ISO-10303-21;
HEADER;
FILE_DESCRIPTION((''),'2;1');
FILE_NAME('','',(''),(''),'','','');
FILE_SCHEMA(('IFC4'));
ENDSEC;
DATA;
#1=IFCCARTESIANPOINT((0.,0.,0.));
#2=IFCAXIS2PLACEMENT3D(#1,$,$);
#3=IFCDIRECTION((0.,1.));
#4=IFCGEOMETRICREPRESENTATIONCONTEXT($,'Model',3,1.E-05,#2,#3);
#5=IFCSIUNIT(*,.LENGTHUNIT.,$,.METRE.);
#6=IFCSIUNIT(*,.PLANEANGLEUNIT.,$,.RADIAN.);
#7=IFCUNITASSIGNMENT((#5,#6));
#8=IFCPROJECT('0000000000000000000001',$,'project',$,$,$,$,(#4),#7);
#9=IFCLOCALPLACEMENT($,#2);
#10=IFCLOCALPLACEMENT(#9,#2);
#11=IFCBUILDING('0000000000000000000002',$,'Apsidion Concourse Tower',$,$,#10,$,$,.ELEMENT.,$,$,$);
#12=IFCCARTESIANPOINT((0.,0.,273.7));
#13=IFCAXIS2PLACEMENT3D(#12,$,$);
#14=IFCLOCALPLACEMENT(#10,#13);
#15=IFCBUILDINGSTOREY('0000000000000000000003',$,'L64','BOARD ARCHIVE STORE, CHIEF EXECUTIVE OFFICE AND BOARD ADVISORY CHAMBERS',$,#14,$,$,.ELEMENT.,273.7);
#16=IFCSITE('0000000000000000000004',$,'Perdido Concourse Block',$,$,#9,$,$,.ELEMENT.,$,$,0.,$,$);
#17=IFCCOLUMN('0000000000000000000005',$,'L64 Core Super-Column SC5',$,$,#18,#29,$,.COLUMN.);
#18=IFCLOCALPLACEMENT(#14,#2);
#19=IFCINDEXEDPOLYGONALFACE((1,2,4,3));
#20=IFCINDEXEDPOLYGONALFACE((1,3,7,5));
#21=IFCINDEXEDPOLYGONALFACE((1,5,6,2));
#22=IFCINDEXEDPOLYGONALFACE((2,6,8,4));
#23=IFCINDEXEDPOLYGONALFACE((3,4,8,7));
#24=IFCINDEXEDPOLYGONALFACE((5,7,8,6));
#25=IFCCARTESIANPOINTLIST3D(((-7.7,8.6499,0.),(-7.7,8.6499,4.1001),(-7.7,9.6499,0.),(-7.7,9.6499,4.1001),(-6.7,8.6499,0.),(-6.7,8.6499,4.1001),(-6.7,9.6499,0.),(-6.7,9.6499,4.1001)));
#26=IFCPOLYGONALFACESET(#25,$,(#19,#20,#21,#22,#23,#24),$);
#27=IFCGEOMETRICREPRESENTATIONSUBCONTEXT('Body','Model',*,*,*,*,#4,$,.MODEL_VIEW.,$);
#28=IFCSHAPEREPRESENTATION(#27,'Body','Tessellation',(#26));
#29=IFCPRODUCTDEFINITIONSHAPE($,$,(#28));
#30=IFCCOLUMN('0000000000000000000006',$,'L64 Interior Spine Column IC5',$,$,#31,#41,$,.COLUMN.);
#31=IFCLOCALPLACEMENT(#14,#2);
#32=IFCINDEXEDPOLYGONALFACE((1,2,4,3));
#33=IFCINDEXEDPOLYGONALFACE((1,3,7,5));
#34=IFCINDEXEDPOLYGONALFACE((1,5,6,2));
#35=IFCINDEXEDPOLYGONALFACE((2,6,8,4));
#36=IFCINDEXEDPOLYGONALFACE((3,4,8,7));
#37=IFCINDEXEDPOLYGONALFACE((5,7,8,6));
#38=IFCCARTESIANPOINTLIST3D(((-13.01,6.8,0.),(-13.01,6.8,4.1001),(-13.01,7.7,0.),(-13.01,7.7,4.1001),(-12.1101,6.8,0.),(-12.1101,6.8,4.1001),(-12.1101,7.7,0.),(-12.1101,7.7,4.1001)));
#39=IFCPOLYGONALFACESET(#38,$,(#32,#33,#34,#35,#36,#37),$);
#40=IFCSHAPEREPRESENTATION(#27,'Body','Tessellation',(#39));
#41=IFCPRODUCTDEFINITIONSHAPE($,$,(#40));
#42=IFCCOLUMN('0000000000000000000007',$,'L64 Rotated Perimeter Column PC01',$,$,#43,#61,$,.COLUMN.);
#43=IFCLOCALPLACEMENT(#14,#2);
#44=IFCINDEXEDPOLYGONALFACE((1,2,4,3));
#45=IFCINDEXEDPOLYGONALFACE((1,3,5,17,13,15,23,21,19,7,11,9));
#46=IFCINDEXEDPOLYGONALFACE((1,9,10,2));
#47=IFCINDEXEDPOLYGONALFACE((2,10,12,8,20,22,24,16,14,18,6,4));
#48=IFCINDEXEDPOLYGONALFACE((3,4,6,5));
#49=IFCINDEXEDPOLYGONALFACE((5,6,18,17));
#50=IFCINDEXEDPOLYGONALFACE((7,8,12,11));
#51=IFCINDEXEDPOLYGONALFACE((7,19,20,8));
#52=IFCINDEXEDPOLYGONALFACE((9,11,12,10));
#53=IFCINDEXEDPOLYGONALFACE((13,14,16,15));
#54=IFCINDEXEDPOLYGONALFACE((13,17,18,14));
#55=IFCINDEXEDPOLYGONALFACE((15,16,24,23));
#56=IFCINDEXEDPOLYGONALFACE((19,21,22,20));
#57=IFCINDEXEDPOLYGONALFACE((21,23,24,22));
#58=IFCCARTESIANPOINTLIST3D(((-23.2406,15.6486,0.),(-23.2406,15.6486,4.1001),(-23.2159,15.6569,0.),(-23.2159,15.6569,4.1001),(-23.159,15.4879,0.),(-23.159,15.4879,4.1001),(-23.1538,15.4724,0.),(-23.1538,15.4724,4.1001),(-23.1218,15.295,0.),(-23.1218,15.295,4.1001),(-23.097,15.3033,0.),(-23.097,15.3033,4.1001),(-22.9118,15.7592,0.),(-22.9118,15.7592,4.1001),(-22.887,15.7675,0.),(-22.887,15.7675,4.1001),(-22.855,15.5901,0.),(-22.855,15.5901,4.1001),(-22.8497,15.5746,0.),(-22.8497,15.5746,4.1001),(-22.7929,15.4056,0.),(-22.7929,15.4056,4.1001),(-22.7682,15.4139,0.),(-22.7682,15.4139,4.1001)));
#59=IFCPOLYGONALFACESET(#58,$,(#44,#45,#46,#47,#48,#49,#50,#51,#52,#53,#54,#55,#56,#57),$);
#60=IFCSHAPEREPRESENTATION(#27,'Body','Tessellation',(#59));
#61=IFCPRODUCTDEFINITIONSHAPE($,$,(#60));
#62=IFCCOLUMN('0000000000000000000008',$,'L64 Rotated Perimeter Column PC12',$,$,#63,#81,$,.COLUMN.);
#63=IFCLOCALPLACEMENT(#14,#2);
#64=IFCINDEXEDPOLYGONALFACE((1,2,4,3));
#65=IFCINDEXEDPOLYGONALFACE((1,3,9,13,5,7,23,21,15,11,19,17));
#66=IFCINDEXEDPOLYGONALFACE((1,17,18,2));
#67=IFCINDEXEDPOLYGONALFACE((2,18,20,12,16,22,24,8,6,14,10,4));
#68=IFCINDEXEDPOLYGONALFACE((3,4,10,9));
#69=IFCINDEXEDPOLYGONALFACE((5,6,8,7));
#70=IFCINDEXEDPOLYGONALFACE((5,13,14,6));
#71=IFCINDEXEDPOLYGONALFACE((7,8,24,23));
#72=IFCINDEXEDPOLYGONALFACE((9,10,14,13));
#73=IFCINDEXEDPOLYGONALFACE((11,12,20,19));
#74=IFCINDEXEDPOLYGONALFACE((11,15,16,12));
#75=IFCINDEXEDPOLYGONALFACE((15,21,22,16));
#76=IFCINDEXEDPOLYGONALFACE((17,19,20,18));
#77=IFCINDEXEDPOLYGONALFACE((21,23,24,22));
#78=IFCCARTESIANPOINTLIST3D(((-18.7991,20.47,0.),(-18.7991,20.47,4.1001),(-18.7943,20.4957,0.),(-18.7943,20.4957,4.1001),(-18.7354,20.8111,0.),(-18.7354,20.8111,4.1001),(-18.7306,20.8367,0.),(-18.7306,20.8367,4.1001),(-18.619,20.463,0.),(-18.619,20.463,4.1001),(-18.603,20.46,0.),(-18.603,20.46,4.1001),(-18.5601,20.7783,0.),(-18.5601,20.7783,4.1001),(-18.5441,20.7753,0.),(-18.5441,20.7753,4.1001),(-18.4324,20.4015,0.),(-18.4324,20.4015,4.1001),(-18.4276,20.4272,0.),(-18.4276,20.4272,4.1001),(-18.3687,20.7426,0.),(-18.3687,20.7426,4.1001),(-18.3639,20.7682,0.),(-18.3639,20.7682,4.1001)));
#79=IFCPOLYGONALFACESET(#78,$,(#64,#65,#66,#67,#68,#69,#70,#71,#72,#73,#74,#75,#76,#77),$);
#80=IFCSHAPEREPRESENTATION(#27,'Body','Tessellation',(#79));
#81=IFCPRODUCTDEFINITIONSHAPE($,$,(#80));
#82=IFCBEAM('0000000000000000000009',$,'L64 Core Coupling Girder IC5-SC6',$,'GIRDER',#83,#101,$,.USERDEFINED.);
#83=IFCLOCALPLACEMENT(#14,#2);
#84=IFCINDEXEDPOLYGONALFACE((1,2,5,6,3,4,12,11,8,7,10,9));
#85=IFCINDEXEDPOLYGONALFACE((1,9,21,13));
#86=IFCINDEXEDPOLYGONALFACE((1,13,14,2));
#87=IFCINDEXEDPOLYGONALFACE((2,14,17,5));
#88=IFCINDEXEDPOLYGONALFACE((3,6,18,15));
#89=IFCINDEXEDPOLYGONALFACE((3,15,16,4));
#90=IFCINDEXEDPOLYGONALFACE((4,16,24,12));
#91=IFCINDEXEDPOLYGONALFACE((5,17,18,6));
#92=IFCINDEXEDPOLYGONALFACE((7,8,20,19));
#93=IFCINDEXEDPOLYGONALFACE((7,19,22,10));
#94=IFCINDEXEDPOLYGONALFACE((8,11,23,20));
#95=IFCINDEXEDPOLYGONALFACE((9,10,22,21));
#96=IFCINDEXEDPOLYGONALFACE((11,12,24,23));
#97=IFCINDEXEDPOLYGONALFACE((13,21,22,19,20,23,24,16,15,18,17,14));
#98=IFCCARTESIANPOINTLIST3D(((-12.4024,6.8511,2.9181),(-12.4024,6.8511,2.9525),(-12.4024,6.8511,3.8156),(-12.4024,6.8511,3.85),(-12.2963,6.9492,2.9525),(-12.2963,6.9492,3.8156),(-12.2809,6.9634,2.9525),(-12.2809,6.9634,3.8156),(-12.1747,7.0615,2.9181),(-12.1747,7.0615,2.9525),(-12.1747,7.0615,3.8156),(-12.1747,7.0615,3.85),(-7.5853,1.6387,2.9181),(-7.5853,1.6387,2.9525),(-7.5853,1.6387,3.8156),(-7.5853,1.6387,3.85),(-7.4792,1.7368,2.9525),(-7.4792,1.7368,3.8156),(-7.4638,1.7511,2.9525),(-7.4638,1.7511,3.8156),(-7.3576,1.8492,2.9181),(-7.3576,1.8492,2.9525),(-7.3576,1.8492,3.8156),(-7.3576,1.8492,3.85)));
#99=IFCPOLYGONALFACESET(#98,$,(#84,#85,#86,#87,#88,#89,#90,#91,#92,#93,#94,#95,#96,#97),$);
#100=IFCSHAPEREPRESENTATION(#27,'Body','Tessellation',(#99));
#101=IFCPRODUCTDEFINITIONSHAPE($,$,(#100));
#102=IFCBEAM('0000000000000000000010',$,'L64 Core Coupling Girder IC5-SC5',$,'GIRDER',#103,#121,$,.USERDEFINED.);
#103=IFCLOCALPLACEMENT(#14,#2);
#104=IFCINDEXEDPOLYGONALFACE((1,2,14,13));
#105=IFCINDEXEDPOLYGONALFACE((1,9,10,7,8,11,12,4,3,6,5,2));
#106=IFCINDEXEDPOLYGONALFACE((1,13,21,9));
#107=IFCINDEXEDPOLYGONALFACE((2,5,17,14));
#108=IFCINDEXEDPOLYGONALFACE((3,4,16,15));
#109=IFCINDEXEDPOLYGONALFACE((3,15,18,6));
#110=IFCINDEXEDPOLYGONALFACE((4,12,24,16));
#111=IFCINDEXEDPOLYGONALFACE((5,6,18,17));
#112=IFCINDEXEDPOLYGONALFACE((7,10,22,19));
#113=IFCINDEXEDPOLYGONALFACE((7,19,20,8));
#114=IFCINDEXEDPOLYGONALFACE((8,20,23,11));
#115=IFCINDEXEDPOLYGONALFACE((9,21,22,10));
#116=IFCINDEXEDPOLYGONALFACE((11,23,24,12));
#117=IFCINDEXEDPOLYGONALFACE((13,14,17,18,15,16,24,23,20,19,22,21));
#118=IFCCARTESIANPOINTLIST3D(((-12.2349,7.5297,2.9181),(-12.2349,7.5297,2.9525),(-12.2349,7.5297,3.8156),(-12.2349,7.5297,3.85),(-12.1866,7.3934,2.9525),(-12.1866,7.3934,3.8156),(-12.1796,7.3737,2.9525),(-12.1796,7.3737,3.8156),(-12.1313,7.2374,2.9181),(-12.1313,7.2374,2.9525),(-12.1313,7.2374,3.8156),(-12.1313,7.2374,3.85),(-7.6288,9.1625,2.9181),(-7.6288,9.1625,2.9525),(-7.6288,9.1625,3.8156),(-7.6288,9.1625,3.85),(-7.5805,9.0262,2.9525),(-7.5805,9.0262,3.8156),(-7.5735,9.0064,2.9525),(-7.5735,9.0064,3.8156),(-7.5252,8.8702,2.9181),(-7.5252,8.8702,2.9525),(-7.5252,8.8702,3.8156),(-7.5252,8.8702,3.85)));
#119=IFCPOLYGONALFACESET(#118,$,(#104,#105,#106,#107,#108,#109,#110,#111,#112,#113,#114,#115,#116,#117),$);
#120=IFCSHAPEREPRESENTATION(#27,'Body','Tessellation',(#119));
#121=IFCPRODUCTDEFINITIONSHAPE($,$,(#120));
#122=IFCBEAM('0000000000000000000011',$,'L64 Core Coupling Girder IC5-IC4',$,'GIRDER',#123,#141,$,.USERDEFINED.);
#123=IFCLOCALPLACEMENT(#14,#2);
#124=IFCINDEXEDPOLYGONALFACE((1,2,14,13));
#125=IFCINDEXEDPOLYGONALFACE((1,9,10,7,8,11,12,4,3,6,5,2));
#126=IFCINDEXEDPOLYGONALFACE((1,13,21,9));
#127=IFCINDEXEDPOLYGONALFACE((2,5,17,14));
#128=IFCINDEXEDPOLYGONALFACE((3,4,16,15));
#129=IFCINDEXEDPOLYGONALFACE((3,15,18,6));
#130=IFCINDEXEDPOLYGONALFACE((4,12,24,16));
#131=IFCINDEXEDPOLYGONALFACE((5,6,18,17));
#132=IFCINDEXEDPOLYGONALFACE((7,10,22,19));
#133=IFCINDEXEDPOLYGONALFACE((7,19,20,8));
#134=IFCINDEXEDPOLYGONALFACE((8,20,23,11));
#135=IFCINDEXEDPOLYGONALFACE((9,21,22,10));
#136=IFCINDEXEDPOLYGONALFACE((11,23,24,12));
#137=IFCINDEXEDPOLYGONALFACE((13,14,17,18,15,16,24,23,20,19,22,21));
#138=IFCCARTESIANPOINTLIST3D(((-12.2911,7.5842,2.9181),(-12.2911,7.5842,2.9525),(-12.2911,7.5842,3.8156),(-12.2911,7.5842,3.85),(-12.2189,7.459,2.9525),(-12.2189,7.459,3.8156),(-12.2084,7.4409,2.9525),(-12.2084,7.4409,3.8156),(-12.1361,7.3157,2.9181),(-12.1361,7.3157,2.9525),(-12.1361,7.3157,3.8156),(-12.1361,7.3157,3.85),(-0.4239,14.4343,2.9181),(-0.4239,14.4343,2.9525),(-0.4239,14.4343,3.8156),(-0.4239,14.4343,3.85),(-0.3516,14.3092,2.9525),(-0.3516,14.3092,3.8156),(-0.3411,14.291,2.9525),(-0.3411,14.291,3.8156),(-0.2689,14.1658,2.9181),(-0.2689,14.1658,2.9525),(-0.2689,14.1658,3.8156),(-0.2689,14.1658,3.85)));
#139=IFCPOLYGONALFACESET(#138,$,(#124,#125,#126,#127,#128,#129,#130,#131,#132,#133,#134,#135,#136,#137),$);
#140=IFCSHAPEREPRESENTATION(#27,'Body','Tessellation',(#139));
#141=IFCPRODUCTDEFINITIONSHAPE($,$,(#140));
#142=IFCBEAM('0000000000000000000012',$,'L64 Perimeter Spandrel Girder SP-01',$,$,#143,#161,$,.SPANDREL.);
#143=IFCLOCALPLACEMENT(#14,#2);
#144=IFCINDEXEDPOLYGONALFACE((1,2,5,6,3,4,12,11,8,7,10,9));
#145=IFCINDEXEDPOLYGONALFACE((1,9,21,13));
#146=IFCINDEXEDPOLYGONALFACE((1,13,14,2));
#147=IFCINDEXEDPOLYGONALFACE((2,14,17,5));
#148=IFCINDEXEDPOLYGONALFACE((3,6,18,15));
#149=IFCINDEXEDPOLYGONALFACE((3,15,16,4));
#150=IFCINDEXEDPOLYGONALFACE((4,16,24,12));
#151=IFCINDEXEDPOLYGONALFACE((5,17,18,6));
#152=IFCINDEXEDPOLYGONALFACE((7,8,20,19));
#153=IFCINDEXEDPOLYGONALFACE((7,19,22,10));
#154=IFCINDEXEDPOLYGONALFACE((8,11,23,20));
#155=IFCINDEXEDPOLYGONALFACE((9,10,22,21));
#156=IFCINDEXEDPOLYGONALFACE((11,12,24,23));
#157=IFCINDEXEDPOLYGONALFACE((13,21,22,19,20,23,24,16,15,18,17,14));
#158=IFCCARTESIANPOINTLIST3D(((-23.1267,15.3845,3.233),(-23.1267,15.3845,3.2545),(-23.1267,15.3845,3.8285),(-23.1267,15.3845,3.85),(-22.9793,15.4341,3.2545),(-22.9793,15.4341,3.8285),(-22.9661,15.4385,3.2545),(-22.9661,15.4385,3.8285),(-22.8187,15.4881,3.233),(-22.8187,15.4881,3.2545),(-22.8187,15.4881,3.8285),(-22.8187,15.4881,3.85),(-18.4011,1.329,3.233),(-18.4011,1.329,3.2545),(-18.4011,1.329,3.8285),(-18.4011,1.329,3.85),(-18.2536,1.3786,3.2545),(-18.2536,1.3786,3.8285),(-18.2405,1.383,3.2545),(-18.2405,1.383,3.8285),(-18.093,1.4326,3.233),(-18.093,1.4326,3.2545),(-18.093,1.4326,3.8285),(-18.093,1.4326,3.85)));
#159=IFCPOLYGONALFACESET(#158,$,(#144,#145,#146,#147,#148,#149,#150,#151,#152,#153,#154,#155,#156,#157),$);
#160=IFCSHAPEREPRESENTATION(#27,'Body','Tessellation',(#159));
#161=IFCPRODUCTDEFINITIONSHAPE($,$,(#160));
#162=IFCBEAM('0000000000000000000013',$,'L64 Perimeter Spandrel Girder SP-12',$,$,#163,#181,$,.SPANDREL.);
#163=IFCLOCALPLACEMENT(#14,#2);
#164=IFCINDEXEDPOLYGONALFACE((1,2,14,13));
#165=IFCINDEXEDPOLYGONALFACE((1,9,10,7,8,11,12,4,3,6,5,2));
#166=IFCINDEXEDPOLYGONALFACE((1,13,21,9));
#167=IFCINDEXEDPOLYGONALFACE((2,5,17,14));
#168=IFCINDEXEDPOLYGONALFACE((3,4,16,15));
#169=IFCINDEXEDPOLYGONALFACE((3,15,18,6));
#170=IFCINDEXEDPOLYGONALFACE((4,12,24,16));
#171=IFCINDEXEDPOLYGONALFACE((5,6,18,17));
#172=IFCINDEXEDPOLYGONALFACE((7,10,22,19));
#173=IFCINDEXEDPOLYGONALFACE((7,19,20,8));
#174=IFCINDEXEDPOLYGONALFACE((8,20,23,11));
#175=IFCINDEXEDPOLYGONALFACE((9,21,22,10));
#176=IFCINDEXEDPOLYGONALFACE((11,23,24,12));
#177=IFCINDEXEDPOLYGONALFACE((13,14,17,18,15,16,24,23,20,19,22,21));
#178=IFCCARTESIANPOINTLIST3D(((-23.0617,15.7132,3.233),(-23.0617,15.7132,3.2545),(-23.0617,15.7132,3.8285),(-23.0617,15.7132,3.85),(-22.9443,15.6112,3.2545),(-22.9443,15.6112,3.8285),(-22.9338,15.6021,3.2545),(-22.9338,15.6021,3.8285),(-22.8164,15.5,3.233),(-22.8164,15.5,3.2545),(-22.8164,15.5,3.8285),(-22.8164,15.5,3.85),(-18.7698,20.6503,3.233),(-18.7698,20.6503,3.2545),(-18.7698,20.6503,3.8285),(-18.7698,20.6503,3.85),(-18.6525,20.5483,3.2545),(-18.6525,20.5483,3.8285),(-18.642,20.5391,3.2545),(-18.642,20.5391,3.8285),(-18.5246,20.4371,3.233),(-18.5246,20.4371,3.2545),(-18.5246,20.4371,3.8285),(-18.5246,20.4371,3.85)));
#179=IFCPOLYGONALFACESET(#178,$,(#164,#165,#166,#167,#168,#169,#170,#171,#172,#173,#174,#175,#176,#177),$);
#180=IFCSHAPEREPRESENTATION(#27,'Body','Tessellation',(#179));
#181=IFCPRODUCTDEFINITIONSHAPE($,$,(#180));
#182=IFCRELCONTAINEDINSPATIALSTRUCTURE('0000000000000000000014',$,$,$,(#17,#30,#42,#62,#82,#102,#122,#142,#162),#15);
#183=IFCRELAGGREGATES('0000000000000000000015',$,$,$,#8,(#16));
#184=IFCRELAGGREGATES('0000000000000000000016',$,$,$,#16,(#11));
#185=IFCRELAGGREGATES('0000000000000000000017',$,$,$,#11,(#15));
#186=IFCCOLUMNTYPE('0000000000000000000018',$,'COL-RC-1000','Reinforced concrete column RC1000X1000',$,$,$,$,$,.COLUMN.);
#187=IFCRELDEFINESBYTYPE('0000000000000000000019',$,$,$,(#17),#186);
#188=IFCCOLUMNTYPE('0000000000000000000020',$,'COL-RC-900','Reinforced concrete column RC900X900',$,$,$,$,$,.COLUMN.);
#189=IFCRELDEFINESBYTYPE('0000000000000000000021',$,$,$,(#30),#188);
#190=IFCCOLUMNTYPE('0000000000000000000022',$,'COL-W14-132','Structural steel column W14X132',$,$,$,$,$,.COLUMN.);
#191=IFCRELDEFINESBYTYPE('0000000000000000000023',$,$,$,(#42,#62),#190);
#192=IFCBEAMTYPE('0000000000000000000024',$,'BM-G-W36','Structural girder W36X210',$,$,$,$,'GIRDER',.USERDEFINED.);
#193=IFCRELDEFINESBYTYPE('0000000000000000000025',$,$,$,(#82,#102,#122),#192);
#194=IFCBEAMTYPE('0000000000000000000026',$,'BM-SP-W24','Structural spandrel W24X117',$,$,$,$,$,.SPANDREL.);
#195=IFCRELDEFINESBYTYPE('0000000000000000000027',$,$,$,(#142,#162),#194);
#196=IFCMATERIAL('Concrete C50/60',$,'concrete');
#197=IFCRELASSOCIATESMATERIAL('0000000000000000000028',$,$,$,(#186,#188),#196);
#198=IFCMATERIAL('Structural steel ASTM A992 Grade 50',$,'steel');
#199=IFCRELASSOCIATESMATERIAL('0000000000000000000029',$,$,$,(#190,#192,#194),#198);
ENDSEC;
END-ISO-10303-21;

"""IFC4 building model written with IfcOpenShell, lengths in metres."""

from ifc_helpers import new_model, si_unit, direction, frame, origin, origin_2d, place, context, subcontext, project, spatial, rectangle, i_section, extrude, material, material_profile, profile_set, type_object, element, save


model = new_model("IFC4")

# Units and contexts
model_context = context("Model", 3, precision=1e-05, world=origin(), true_north=direction((0.0, 1.0)))
body_context = subcontext(model_context, "Body", "Model", "MODEL_VIEW")
ifc_project = project(units=[si_unit("LENGTHUNIT", "METRE"), si_unit("PLANEANGLEUNIT", "RADIAN")], contexts=[model_context])

# Site, building, storey
site_placement = place(None, origin())
site = spatial("IfcSite", under=ifc_project, at=site_placement, Name="Perdido Concourse Block", CompositionType="ELEMENT", RefElevation=0.0)
building_placement = place(site_placement, origin())
building = spatial("IfcBuilding", under=site, at=building_placement, Name="Apsidion Concourse Tower", CompositionType="ELEMENT")
storey_placement = place(building_placement, frame((0.0, 0.0, 273.7)))
storey = spatial("IfcBuildingStorey", under=building, at=storey_placement, Name="L64", Description="BOARD ARCHIVE STORE, CHIEF EXECUTIVE OFFICE AND BOARD ADVISORY CHAMBERS", CompositionType="ELEMENT", Elevation=273.7)

# Columns
ifc_material_1 = material(Name="Concrete C50/60", Category="concrete")
ifc_material_profile_1 = material_profile(ifc_material_1, rectangle(XDim=1.0, YDim=1.0, at=origin_2d()), Name="RC 1000x1000")
ifc_profile_set_1 = profile_set([ifc_material_profile_1], Name="Concrete C50/60")
column_type_1 = type_object("IfcColumnType", Name="COL-RC-1000", Description="Reinforced concrete column RC1000X1000", PredefinedType="COLUMN", material=ifc_profile_set_1)
column_1_placement = place(storey_placement, frame((-7.2, 9.1499, 0.0), z_axis=(0.0, 0.0, 1.0), x_axis=(1.0, 0.0, 0.0)))
element("IfcColumn", 1, at=column_1_placement, inside=storey, type_object=column_type_1, Name="L64 Core Super-Column SC5", PredefinedType="COLUMN", context=body_context, shape_type="SweptSolid", body=[
    extrude(rectangle(XDim=1.0, YDim=1.0, at=origin_2d()), origin(), (0.0, 0.0, 1.0), 4.1001),
])
ifc_material_profile_2 = material_profile(ifc_material_1, rectangle(XDim=0.8999, YDim=0.8999, at=origin_2d()), Name="RC 900x900")
ifc_profile_set_2 = profile_set([ifc_material_profile_2], Name="Concrete C50/60")
column_type_2 = type_object("IfcColumnType", Name="COL-RC-900", Description="Reinforced concrete column RC900X900", PredefinedType="COLUMN", material=ifc_profile_set_2)
column_2_placement = place(storey_placement, frame((-12.5601, 7.25, 0.0), z_axis=(0.0, 0.0, 1.0), x_axis=(1.0, 0.0, 0.0)))
element("IfcColumn", 2, at=column_2_placement, inside=storey, type_object=column_type_2, Name="L64 Interior Spine Column IC5", PredefinedType="COLUMN", context=body_context, shape_type="SweptSolid", body=[
    extrude(rectangle(XDim=0.8999, YDim=0.8999, at=origin_2d()), origin(), (0.0, 0.0, 1.0), 4.1001),
])
ifc_material_2 = material(Name="Structural steel ASTM A992 Grade 50", Category="steel")
ifc_material_profile_3 = material_profile(ifc_material_2, i_section(OverallWidth=0.373, OverallDepth=0.373, WebThickness=0.0164, FlangeThickness=0.0261, at=origin_2d()), Name="W14X132")
ifc_profile_set_3 = profile_set([ifc_material_profile_3], Name="Structural steel ASTM A992 Grade 50")
column_type_3 = type_object("IfcColumnType", Name="COL-W14-132", Description="Structural steel column W14X132", PredefinedType="COLUMN", material=ifc_profile_set_3)
for number, where, z_axis, x_axis, name in (
    (3, (-23.0044, 15.5312, 0.0), (0.0, 0.0, 1.0), (-0.318628, 0.94788, 0.0), "L64 Rotated Perimeter Column PC01"),
    (4, (-18.5815, 20.6191, 0.0), (0.0, 0.0, 1.0), (-0.983, 0.183608, 0.0), "L64 Rotated Perimeter Column PC12"),
):
    element("IfcColumn", number, at=place(storey_placement, frame(where, z_axis=z_axis, x_axis=x_axis)), inside=storey, type_object=column_type_3, Name=name, PredefinedType="COLUMN", context=body_context, shape_type="SweptSolid", body=[
        extrude(i_section(OverallWidth=0.373, OverallDepth=0.373, WebThickness=0.0164, FlangeThickness=0.0261, at=origin_2d()), origin(), (0.0, 0.0, 1.0), 4.1001),
    ])

# Beams
ifc_material_profile_4 = material_profile(ifc_material_2, i_section(OverallWidth=0.3101, OverallDepth=0.9319, WebThickness=0.021, FlangeThickness=0.0344, at=origin_2d()), Name="W36X210")
ifc_profile_set_4 = profile_set([ifc_material_profile_4], Name="Structural steel ASTM A992 Grade 50")
beam_type_1 = type_object("IfcBeamType", Name="BM-G-W36", Description="Structural girder W36X210", ElementType="GIRDER", PredefinedType="USERDEFINED", material=ifc_profile_set_4)
beam_1_placement = place(storey_placement, frame((-12.2886, 6.9563, 3.384), z_axis=(0.678713, -0.734404, 0.0), x_axis=(0.734404, 0.678713, 0.0)))
element("IfcBeam", 5, at=beam_1_placement, inside=storey, type_object=beam_type_1, Name="L64 Core Coupling Girder IC5-SC6", ObjectType="GIRDER", PredefinedType="USERDEFINED", context=body_context, shape_type="SweptSolid", body=[
    extrude(i_section(OverallWidth=0.3101, OverallDepth=0.9319, WebThickness=0.021, FlangeThickness=0.0344, at=origin_2d()), origin(), (0.0, 0.0, 1.0), 7.0974),
])
beam_2_placement = place(storey_placement, frame((-12.1831, 7.3835, 3.384), z_axis=(0.942534, 0.334111, 0.0), x_axis=(-0.334111, 0.942534, 0.0)))
element("IfcBeam", 6, at=beam_2_placement, inside=storey, type_object=beam_type_1, Name="L64 Core Coupling Girder IC5-SC5", ObjectType="GIRDER", PredefinedType="USERDEFINED", context=body_context, shape_type="SweptSolid", body=[
    extrude(i_section(OverallWidth=0.3101, OverallDepth=0.9319, WebThickness=0.021, FlangeThickness=0.0344, at=origin_2d()), origin(), (0.0, 0.0, 1.0), 4.887),
])
beam_3_placement = place(storey_placement, frame((-12.2136, 7.45, 3.384), z_axis=(0.86607, 0.499922, 0.0), x_axis=(-0.499922, 0.86607, 0.0)))
element("IfcBeam", 7, at=beam_3_placement, inside=storey, type_object=beam_type_1, Name="L64 Core Coupling Girder IC5-IC4", ObjectType="GIRDER", PredefinedType="USERDEFINED", context=body_context, shape_type="SweptSolid", body=[
    extrude(i_section(OverallWidth=0.3101, OverallDepth=0.9319, WebThickness=0.021, FlangeThickness=0.0344, at=origin_2d()), origin(), (0.0, 0.0, 1.0), 13.7024),
])
ifc_material_profile_5 = material_profile(ifc_material_2, i_section(OverallWidth=0.325, OverallDepth=0.6169, WebThickness=0.0139, FlangeThickness=0.0215, at=origin_2d()), Name="W24X117")
ifc_profile_set_5 = profile_set([ifc_material_profile_5], Name="Structural steel ASTM A992 Grade 50")
beam_type_2 = type_object("IfcBeamType", Name="BM-SP-W24", Description="Structural spandrel W24X117", PredefinedType="SPANDREL", material=ifc_profile_set_5)
beam_4_placement = place(storey_placement, frame((-22.9727, 15.4363, 3.5415), z_axis=(0.318682, -0.947862, 0.0), x_axis=(0.947862, 0.318682, 0.0)))
element("IfcBeam", 8, at=beam_4_placement, inside=storey, type_object=beam_type_2, Name="L64 Perimeter Spandrel Girder SP-01", PredefinedType="SPANDREL", context=body_context, shape_type="SweptSolid", body=[
    extrude(i_section(OverallWidth=0.325, OverallDepth=0.6169, WebThickness=0.0139, FlangeThickness=0.0215, at=origin_2d()), origin(), (0.0, 0.0, 1.0), 14.8286),
])
beam_5_placement = place(storey_placement, frame((-18.6472, 20.5437, 3.5415), z_axis=(-0.656065, -0.754704, 0.0), x_axis=(0.754704, -0.656065, 0.0)))
element("IfcBeam", 9, at=beam_5_placement, inside=storey, type_object=beam_type_2, Name="L64 Perimeter Spandrel Girder SP-12", PredefinedType="SPANDREL", context=body_context, shape_type="SweptSolid", body=[
    extrude(i_section(OverallWidth=0.325, OverallDepth=0.6169, WebThickness=0.0139, FlangeThickness=0.0215, at=origin_2d()), origin(), (0.0, 0.0, 1.0), 6.5417),
])

save(model, "model.ifc")
